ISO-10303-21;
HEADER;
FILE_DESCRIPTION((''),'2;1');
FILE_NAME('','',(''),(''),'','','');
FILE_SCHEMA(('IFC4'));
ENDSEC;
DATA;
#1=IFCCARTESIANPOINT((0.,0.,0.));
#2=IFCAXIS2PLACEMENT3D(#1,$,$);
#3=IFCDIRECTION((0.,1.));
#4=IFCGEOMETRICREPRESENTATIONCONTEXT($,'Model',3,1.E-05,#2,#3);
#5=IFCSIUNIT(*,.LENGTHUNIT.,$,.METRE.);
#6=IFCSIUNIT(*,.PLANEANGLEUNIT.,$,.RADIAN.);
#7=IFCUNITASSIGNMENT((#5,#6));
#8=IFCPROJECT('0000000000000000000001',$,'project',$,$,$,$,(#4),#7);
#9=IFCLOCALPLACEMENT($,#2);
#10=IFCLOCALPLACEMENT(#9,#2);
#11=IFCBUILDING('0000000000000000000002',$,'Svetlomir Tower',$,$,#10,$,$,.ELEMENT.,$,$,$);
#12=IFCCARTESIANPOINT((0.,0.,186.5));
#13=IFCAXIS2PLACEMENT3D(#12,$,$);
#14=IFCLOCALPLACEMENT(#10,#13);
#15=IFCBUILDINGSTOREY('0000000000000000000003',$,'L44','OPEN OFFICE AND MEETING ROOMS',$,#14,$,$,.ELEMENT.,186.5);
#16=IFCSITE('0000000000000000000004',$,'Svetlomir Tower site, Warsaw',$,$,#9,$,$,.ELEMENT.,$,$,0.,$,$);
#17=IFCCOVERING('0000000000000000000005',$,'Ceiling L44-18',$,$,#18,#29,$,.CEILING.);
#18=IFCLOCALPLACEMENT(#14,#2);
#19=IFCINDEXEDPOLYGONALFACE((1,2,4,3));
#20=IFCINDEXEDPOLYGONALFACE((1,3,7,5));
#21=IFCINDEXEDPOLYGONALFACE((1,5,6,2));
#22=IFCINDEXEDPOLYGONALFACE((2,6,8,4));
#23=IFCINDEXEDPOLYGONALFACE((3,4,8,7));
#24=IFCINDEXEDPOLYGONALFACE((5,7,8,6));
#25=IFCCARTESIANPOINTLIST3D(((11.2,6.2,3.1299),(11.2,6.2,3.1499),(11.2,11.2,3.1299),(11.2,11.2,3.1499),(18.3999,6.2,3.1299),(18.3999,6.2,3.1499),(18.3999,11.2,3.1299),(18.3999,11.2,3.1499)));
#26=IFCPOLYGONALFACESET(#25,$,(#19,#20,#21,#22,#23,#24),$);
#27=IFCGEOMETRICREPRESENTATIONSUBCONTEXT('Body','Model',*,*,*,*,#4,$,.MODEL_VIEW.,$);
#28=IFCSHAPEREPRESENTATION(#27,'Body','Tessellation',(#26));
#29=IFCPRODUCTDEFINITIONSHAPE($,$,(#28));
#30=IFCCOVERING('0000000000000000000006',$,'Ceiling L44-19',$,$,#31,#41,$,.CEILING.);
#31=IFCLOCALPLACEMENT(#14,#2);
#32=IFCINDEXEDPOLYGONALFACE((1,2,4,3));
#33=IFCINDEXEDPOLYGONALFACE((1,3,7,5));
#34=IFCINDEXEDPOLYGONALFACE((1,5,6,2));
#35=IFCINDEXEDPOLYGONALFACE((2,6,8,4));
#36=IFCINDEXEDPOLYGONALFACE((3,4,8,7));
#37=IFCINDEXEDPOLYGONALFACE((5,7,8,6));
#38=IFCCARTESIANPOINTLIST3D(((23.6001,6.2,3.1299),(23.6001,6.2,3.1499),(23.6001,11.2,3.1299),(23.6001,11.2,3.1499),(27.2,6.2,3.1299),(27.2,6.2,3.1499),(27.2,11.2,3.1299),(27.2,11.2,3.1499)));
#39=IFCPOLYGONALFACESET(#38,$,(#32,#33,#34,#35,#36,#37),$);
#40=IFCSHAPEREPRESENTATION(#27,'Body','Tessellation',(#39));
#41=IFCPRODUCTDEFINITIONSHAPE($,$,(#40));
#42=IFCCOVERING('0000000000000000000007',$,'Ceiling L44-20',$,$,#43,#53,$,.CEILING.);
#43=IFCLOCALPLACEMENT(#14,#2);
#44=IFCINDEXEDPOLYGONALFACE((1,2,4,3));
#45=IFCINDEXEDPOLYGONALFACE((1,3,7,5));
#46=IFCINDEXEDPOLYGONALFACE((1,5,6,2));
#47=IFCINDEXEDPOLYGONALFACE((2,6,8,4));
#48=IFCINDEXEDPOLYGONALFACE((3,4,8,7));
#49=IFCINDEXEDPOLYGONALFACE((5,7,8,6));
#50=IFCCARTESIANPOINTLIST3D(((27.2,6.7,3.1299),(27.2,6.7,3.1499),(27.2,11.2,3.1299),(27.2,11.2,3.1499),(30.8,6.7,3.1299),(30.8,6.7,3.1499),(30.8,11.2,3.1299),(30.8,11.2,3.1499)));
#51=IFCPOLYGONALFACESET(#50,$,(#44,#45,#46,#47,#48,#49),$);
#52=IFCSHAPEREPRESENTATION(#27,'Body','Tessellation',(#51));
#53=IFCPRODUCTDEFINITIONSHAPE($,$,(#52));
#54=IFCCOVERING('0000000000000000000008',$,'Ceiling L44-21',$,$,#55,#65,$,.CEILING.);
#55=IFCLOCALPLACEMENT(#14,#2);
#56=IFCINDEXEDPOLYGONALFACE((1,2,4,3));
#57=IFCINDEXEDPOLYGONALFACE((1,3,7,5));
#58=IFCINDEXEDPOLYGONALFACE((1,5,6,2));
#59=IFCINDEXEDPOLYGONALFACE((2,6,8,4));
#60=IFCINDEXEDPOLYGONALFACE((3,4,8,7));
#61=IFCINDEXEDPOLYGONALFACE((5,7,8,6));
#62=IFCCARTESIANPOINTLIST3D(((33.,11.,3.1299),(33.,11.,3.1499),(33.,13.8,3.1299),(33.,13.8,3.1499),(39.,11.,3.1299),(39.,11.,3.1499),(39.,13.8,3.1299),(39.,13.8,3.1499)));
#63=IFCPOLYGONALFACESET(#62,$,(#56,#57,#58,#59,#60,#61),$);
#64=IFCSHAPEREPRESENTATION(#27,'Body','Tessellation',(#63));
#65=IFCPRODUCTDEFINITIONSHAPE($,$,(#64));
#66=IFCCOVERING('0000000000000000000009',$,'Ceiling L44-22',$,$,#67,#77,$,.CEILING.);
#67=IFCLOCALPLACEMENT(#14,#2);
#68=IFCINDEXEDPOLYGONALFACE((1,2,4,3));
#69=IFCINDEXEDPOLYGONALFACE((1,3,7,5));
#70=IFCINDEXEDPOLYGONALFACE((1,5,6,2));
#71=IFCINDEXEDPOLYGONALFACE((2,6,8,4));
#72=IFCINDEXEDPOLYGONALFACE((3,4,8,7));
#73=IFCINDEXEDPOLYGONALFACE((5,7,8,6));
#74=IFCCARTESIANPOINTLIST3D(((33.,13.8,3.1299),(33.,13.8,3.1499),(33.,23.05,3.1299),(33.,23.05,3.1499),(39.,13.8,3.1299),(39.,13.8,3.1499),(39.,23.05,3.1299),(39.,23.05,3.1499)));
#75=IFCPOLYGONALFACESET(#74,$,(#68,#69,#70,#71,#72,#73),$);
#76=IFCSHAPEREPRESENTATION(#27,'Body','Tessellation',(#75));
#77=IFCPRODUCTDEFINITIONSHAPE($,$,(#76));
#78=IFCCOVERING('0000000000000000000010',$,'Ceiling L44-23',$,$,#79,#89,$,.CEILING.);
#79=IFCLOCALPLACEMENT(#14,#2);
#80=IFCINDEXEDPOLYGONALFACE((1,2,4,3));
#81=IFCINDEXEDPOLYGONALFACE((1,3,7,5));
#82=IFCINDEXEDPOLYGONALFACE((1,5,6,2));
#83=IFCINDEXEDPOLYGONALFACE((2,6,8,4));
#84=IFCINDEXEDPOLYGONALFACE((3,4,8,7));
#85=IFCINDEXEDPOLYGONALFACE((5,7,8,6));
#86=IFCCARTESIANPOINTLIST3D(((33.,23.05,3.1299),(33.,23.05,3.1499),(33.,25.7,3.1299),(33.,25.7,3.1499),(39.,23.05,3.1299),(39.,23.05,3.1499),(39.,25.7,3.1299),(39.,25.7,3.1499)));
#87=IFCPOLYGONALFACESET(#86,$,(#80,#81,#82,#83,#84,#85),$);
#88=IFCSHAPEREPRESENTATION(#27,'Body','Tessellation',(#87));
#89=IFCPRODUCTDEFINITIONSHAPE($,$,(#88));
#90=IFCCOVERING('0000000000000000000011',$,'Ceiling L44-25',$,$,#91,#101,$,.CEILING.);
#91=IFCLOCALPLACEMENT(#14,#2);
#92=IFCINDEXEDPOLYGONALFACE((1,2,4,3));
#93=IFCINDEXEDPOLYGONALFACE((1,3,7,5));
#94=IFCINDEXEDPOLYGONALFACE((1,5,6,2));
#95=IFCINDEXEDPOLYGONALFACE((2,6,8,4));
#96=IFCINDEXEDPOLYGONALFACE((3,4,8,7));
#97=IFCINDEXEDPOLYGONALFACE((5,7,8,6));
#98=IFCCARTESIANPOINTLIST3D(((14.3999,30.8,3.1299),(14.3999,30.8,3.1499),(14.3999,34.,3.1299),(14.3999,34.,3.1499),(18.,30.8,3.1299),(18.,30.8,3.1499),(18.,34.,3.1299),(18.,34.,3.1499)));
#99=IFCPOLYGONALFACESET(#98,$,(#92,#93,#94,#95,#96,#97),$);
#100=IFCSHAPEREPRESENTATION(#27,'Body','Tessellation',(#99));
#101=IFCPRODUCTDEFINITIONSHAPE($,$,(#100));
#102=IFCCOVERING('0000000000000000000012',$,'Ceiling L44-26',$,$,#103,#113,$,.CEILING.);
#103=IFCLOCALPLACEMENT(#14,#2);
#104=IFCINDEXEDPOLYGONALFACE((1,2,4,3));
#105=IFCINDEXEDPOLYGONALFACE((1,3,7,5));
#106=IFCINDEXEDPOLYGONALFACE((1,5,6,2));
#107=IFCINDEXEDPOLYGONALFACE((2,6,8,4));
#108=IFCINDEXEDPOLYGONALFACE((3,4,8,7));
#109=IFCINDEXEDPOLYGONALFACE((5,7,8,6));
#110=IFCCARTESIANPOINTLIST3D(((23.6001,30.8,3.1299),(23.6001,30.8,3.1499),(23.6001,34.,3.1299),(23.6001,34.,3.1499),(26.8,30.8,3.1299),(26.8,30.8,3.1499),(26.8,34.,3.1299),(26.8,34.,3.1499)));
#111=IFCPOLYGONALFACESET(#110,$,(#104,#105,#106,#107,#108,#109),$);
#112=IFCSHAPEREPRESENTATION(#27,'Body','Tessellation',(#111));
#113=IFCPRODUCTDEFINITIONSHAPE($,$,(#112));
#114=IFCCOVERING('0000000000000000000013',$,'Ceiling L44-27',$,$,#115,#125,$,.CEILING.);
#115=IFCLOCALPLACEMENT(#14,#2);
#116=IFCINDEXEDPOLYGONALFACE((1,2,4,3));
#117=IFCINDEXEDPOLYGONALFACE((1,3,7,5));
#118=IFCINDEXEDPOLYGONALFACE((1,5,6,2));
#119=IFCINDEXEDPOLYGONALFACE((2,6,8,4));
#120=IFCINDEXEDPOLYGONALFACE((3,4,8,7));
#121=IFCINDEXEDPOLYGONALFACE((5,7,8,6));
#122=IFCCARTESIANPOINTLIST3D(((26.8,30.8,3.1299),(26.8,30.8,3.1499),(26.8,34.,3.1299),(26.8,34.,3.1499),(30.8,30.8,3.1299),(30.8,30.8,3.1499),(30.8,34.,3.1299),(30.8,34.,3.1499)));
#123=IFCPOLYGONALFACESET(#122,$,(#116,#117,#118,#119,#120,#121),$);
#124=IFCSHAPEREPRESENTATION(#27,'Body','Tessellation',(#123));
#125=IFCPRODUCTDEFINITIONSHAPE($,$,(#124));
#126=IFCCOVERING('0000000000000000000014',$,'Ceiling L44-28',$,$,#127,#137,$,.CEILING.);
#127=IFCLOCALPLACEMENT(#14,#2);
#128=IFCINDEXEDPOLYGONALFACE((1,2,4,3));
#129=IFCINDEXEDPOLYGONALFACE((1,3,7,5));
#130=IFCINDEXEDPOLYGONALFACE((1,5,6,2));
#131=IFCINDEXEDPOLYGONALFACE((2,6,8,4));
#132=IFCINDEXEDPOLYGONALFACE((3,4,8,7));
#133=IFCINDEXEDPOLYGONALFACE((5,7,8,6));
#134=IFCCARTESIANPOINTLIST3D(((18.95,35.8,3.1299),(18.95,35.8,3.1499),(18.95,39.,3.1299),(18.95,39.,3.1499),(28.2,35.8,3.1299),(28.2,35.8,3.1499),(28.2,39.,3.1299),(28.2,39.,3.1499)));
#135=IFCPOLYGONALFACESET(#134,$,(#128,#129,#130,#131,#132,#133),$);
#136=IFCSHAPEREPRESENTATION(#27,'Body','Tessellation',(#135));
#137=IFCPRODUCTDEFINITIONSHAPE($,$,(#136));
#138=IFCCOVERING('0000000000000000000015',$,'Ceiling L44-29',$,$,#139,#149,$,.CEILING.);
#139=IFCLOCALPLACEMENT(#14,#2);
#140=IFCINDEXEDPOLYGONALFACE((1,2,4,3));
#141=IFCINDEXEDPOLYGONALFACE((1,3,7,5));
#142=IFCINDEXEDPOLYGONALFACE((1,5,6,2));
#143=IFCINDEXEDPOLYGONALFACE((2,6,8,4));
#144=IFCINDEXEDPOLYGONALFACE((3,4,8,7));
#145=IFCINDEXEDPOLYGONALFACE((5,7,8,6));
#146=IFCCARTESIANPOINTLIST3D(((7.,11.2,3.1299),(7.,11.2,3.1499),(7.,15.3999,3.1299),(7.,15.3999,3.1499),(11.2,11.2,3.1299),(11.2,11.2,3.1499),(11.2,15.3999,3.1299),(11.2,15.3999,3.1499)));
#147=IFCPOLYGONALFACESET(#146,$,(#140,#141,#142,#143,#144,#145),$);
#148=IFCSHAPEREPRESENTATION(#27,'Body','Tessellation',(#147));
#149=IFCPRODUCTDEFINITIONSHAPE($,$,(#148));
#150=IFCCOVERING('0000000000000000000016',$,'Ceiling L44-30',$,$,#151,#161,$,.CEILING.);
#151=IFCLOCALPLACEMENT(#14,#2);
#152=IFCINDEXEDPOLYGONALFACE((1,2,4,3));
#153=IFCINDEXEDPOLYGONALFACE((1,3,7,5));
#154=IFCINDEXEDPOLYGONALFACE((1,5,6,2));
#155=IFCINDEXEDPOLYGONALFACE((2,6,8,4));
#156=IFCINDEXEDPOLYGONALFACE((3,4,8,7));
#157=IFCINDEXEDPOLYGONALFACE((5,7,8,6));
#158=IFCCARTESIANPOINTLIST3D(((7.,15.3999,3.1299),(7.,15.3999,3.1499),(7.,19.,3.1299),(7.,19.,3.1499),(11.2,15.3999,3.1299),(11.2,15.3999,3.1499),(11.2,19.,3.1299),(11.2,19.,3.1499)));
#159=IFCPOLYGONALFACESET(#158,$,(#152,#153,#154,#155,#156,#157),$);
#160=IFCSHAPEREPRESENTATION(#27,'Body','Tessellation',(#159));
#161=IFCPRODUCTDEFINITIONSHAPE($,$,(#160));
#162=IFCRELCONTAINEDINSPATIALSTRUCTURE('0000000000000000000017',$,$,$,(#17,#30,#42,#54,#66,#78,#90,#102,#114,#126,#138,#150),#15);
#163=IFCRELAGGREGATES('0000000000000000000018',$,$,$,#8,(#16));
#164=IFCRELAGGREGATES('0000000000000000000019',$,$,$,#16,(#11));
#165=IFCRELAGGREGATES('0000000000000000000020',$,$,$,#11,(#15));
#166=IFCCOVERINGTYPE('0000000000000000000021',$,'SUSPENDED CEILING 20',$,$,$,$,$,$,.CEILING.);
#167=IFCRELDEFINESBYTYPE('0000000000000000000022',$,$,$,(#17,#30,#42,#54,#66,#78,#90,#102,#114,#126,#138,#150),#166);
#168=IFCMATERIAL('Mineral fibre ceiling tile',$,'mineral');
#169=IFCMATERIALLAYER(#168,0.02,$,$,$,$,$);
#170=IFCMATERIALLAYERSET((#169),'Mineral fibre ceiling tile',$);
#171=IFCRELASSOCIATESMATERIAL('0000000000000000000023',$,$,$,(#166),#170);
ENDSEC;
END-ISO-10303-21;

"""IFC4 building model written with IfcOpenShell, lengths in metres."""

from ifc_helpers import new_model, si_unit, direction, frame, origin, place, context, subcontext, project, spatial, polyline, outline, extrude, material, layer, layer_set, type_object, element, save


model = new_model("IFC4")

# Units and contexts
model_context = context("Model", 3, precision=1e-05, world=origin(), true_north=direction((0.0, 1.0)))
body_context = subcontext(model_context, "Body", "Model", "MODEL_VIEW")
ifc_project = project(units=[si_unit("LENGTHUNIT", "METRE"), si_unit("PLANEANGLEUNIT", "RADIAN")], contexts=[model_context])

# Site, building, storey
site_placement = place(None, origin())
site = spatial("IfcSite", under=ifc_project, at=site_placement, Name="Svetlomir Tower site, Warsaw", CompositionType="ELEMENT", RefElevation=0.0)
building_placement = place(site_placement, origin())
building = spatial("IfcBuilding", under=site, at=building_placement, Name="Svetlomir Tower", CompositionType="ELEMENT")
storey_placement = place(building_placement, frame((0.0, 0.0, 186.5)))
storey = spatial("IfcBuildingStorey", under=building, at=storey_placement, Name="L44", Description="OPEN OFFICE AND MEETING ROOMS", CompositionType="ELEMENT", Elevation=186.5)

# Coverings
ifc_material_1 = material(Name="Mineral fibre ceiling tile", Category="mineral")
ifc_layer_1 = layer(ifc_material_1, 0.02)
ifc_layer_set_1 = layer_set([ifc_layer_1], Name="Mineral fibre ceiling tile")
covering_type_1 = type_object("IfcCoveringType", Name="SUSPENDED CEILING 20", PredefinedType="CEILING", material=ifc_layer_set_1)
covering_1_placement = place(storey_placement, frame((0.0, 0.0, 3.1299)))
element("IfcCovering", 1, at=covering_1_placement, inside=storey, type_object=covering_type_1, Name="Ceiling L44-18", PredefinedType="CEILING", context=body_context, shape_type="SweptSolid", body=[
    extrude(outline(polyline([(11.2, 6.2), (18.3999, 6.2), (18.3999, 11.2), (11.2, 11.2), (11.2, 6.2)])), origin(), (0.0, 0.0, 1.0), 0.02),
])
covering_2_placement = place(storey_placement, frame((0.0, 0.0, 3.1299)))
element("IfcCovering", 2, at=covering_2_placement, inside=storey, type_object=covering_type_1, Name="Ceiling L44-19", PredefinedType="CEILING", context=body_context, shape_type="SweptSolid", body=[
    extrude(outline(polyline([(23.6001, 6.2), (27.2, 6.2), (27.2, 11.2), (23.6001, 11.2), (23.6001, 6.2)])), origin(), (0.0, 0.0, 1.0), 0.02),
])
covering_3_placement = place(storey_placement, frame((0.0, 0.0, 3.1299)))
element("IfcCovering", 3, at=covering_3_placement, inside=storey, type_object=covering_type_1, Name="Ceiling L44-20", PredefinedType="CEILING", context=body_context, shape_type="SweptSolid", body=[
    extrude(outline(polyline([(27.2, 6.7), (30.8, 6.7), (30.8, 11.2), (27.2, 11.2), (27.2, 6.7)])), origin(), (0.0, 0.0, 1.0), 0.02),
])
covering_4_placement = place(storey_placement, frame((0.0, 0.0, 3.1299)))
element("IfcCovering", 4, at=covering_4_placement, inside=storey, type_object=covering_type_1, Name="Ceiling L44-21", PredefinedType="CEILING", context=body_context, shape_type="SweptSolid", body=[
    extrude(outline(polyline([(33.0, 11.0), (39.0, 11.0), (39.0, 13.8), (33.0, 13.8), (33.0, 11.0)])), origin(), (0.0, 0.0, 1.0), 0.02),
])
covering_5_placement = place(storey_placement, frame((0.0, 0.0, 3.1299)))
element("IfcCovering", 5, at=covering_5_placement, inside=storey, type_object=covering_type_1, Name="Ceiling L44-22", PredefinedType="CEILING", context=body_context, shape_type="SweptSolid", body=[
    extrude(outline(polyline([(33.0, 13.8), (39.0, 13.8), (39.0, 23.05), (33.0, 23.05), (33.0, 13.8)])), origin(), (0.0, 0.0, 1.0), 0.02),
])
covering_6_placement = place(storey_placement, frame((0.0, 0.0, 3.1299)))
element("IfcCovering", 6, at=covering_6_placement, inside=storey, type_object=covering_type_1, Name="Ceiling L44-23", PredefinedType="CEILING", context=body_context, shape_type="SweptSolid", body=[
    extrude(outline(polyline([(33.0, 23.05), (39.0, 23.05), (39.0, 25.7), (33.0, 25.7), (33.0, 23.05)])), origin(), (0.0, 0.0, 1.0), 0.02),
])
covering_7_placement = place(storey_placement, frame((0.0, 0.0, 3.1299)))
element("IfcCovering", 7, at=covering_7_placement, inside=storey, type_object=covering_type_1, Name="Ceiling L44-25", PredefinedType="CEILING", context=body_context, shape_type="SweptSolid", body=[
    extrude(outline(polyline([(14.3999, 30.8), (18.0, 30.8), (18.0, 34.0), (14.3999, 34.0), (14.3999, 30.8)])), origin(), (0.0, 0.0, 1.0), 0.02),
])
covering_8_placement = place(storey_placement, frame((0.0, 0.0, 3.1299)))
element("IfcCovering", 8, at=covering_8_placement, inside=storey, type_object=covering_type_1, Name="Ceiling L44-26", PredefinedType="CEILING", context=body_context, shape_type="SweptSolid", body=[
    extrude(outline(polyline([(23.6001, 30.8), (26.8, 30.8), (26.8, 34.0), (23.6001, 34.0), (23.6001, 30.8)])), origin(), (0.0, 0.0, 1.0), 0.02),
])
covering_9_placement = place(storey_placement, frame((0.0, 0.0, 3.1299)))
element("IfcCovering", 9, at=covering_9_placement, inside=storey, type_object=covering_type_1, Name="Ceiling L44-27", PredefinedType="CEILING", context=body_context, shape_type="SweptSolid", body=[
    extrude(outline(polyline([(26.8, 30.8), (30.8, 30.8), (30.8, 34.0), (26.8, 34.0), (26.8, 30.8)])), origin(), (0.0, 0.0, 1.0), 0.02),
])
covering_10_placement = place(storey_placement, frame((0.0, 0.0, 3.1299)))
element("IfcCovering", 10, at=covering_10_placement, inside=storey, type_object=covering_type_1, Name="Ceiling L44-28", PredefinedType="CEILING", context=body_context, shape_type="SweptSolid", body=[
    extrude(outline(polyline([(18.95, 35.8), (28.2, 35.8), (28.2, 39.0), (18.95, 39.0), (18.95, 35.8)])), origin(), (0.0, 0.0, 1.0), 0.02),
])
covering_11_placement = place(storey_placement, frame((0.0, 0.0, 3.1299)))
element("IfcCovering", 11, at=covering_11_placement, inside=storey, type_object=covering_type_1, Name="Ceiling L44-29", PredefinedType="CEILING", context=body_context, shape_type="SweptSolid", body=[
    extrude(outline(polyline([(7.0, 11.2), (11.2, 11.2), (11.2, 15.3999), (7.0, 15.3999), (7.0, 11.2)])), origin(), (0.0, 0.0, 1.0), 0.02),
])
covering_12_placement = place(storey_placement, frame((0.0, 0.0, 3.1299)))
element("IfcCovering", 12, at=covering_12_placement, inside=storey, type_object=covering_type_1, Name="Ceiling L44-30", PredefinedType="CEILING", context=body_context, shape_type="SweptSolid", body=[
    extrude(outline(polyline([(7.0, 15.3999), (11.2, 15.3999), (11.2, 19.0), (7.0, 19.0), (7.0, 15.3999)])), origin(), (0.0, 0.0, 1.0), 0.02),
])

save(model, "model.ifc")
